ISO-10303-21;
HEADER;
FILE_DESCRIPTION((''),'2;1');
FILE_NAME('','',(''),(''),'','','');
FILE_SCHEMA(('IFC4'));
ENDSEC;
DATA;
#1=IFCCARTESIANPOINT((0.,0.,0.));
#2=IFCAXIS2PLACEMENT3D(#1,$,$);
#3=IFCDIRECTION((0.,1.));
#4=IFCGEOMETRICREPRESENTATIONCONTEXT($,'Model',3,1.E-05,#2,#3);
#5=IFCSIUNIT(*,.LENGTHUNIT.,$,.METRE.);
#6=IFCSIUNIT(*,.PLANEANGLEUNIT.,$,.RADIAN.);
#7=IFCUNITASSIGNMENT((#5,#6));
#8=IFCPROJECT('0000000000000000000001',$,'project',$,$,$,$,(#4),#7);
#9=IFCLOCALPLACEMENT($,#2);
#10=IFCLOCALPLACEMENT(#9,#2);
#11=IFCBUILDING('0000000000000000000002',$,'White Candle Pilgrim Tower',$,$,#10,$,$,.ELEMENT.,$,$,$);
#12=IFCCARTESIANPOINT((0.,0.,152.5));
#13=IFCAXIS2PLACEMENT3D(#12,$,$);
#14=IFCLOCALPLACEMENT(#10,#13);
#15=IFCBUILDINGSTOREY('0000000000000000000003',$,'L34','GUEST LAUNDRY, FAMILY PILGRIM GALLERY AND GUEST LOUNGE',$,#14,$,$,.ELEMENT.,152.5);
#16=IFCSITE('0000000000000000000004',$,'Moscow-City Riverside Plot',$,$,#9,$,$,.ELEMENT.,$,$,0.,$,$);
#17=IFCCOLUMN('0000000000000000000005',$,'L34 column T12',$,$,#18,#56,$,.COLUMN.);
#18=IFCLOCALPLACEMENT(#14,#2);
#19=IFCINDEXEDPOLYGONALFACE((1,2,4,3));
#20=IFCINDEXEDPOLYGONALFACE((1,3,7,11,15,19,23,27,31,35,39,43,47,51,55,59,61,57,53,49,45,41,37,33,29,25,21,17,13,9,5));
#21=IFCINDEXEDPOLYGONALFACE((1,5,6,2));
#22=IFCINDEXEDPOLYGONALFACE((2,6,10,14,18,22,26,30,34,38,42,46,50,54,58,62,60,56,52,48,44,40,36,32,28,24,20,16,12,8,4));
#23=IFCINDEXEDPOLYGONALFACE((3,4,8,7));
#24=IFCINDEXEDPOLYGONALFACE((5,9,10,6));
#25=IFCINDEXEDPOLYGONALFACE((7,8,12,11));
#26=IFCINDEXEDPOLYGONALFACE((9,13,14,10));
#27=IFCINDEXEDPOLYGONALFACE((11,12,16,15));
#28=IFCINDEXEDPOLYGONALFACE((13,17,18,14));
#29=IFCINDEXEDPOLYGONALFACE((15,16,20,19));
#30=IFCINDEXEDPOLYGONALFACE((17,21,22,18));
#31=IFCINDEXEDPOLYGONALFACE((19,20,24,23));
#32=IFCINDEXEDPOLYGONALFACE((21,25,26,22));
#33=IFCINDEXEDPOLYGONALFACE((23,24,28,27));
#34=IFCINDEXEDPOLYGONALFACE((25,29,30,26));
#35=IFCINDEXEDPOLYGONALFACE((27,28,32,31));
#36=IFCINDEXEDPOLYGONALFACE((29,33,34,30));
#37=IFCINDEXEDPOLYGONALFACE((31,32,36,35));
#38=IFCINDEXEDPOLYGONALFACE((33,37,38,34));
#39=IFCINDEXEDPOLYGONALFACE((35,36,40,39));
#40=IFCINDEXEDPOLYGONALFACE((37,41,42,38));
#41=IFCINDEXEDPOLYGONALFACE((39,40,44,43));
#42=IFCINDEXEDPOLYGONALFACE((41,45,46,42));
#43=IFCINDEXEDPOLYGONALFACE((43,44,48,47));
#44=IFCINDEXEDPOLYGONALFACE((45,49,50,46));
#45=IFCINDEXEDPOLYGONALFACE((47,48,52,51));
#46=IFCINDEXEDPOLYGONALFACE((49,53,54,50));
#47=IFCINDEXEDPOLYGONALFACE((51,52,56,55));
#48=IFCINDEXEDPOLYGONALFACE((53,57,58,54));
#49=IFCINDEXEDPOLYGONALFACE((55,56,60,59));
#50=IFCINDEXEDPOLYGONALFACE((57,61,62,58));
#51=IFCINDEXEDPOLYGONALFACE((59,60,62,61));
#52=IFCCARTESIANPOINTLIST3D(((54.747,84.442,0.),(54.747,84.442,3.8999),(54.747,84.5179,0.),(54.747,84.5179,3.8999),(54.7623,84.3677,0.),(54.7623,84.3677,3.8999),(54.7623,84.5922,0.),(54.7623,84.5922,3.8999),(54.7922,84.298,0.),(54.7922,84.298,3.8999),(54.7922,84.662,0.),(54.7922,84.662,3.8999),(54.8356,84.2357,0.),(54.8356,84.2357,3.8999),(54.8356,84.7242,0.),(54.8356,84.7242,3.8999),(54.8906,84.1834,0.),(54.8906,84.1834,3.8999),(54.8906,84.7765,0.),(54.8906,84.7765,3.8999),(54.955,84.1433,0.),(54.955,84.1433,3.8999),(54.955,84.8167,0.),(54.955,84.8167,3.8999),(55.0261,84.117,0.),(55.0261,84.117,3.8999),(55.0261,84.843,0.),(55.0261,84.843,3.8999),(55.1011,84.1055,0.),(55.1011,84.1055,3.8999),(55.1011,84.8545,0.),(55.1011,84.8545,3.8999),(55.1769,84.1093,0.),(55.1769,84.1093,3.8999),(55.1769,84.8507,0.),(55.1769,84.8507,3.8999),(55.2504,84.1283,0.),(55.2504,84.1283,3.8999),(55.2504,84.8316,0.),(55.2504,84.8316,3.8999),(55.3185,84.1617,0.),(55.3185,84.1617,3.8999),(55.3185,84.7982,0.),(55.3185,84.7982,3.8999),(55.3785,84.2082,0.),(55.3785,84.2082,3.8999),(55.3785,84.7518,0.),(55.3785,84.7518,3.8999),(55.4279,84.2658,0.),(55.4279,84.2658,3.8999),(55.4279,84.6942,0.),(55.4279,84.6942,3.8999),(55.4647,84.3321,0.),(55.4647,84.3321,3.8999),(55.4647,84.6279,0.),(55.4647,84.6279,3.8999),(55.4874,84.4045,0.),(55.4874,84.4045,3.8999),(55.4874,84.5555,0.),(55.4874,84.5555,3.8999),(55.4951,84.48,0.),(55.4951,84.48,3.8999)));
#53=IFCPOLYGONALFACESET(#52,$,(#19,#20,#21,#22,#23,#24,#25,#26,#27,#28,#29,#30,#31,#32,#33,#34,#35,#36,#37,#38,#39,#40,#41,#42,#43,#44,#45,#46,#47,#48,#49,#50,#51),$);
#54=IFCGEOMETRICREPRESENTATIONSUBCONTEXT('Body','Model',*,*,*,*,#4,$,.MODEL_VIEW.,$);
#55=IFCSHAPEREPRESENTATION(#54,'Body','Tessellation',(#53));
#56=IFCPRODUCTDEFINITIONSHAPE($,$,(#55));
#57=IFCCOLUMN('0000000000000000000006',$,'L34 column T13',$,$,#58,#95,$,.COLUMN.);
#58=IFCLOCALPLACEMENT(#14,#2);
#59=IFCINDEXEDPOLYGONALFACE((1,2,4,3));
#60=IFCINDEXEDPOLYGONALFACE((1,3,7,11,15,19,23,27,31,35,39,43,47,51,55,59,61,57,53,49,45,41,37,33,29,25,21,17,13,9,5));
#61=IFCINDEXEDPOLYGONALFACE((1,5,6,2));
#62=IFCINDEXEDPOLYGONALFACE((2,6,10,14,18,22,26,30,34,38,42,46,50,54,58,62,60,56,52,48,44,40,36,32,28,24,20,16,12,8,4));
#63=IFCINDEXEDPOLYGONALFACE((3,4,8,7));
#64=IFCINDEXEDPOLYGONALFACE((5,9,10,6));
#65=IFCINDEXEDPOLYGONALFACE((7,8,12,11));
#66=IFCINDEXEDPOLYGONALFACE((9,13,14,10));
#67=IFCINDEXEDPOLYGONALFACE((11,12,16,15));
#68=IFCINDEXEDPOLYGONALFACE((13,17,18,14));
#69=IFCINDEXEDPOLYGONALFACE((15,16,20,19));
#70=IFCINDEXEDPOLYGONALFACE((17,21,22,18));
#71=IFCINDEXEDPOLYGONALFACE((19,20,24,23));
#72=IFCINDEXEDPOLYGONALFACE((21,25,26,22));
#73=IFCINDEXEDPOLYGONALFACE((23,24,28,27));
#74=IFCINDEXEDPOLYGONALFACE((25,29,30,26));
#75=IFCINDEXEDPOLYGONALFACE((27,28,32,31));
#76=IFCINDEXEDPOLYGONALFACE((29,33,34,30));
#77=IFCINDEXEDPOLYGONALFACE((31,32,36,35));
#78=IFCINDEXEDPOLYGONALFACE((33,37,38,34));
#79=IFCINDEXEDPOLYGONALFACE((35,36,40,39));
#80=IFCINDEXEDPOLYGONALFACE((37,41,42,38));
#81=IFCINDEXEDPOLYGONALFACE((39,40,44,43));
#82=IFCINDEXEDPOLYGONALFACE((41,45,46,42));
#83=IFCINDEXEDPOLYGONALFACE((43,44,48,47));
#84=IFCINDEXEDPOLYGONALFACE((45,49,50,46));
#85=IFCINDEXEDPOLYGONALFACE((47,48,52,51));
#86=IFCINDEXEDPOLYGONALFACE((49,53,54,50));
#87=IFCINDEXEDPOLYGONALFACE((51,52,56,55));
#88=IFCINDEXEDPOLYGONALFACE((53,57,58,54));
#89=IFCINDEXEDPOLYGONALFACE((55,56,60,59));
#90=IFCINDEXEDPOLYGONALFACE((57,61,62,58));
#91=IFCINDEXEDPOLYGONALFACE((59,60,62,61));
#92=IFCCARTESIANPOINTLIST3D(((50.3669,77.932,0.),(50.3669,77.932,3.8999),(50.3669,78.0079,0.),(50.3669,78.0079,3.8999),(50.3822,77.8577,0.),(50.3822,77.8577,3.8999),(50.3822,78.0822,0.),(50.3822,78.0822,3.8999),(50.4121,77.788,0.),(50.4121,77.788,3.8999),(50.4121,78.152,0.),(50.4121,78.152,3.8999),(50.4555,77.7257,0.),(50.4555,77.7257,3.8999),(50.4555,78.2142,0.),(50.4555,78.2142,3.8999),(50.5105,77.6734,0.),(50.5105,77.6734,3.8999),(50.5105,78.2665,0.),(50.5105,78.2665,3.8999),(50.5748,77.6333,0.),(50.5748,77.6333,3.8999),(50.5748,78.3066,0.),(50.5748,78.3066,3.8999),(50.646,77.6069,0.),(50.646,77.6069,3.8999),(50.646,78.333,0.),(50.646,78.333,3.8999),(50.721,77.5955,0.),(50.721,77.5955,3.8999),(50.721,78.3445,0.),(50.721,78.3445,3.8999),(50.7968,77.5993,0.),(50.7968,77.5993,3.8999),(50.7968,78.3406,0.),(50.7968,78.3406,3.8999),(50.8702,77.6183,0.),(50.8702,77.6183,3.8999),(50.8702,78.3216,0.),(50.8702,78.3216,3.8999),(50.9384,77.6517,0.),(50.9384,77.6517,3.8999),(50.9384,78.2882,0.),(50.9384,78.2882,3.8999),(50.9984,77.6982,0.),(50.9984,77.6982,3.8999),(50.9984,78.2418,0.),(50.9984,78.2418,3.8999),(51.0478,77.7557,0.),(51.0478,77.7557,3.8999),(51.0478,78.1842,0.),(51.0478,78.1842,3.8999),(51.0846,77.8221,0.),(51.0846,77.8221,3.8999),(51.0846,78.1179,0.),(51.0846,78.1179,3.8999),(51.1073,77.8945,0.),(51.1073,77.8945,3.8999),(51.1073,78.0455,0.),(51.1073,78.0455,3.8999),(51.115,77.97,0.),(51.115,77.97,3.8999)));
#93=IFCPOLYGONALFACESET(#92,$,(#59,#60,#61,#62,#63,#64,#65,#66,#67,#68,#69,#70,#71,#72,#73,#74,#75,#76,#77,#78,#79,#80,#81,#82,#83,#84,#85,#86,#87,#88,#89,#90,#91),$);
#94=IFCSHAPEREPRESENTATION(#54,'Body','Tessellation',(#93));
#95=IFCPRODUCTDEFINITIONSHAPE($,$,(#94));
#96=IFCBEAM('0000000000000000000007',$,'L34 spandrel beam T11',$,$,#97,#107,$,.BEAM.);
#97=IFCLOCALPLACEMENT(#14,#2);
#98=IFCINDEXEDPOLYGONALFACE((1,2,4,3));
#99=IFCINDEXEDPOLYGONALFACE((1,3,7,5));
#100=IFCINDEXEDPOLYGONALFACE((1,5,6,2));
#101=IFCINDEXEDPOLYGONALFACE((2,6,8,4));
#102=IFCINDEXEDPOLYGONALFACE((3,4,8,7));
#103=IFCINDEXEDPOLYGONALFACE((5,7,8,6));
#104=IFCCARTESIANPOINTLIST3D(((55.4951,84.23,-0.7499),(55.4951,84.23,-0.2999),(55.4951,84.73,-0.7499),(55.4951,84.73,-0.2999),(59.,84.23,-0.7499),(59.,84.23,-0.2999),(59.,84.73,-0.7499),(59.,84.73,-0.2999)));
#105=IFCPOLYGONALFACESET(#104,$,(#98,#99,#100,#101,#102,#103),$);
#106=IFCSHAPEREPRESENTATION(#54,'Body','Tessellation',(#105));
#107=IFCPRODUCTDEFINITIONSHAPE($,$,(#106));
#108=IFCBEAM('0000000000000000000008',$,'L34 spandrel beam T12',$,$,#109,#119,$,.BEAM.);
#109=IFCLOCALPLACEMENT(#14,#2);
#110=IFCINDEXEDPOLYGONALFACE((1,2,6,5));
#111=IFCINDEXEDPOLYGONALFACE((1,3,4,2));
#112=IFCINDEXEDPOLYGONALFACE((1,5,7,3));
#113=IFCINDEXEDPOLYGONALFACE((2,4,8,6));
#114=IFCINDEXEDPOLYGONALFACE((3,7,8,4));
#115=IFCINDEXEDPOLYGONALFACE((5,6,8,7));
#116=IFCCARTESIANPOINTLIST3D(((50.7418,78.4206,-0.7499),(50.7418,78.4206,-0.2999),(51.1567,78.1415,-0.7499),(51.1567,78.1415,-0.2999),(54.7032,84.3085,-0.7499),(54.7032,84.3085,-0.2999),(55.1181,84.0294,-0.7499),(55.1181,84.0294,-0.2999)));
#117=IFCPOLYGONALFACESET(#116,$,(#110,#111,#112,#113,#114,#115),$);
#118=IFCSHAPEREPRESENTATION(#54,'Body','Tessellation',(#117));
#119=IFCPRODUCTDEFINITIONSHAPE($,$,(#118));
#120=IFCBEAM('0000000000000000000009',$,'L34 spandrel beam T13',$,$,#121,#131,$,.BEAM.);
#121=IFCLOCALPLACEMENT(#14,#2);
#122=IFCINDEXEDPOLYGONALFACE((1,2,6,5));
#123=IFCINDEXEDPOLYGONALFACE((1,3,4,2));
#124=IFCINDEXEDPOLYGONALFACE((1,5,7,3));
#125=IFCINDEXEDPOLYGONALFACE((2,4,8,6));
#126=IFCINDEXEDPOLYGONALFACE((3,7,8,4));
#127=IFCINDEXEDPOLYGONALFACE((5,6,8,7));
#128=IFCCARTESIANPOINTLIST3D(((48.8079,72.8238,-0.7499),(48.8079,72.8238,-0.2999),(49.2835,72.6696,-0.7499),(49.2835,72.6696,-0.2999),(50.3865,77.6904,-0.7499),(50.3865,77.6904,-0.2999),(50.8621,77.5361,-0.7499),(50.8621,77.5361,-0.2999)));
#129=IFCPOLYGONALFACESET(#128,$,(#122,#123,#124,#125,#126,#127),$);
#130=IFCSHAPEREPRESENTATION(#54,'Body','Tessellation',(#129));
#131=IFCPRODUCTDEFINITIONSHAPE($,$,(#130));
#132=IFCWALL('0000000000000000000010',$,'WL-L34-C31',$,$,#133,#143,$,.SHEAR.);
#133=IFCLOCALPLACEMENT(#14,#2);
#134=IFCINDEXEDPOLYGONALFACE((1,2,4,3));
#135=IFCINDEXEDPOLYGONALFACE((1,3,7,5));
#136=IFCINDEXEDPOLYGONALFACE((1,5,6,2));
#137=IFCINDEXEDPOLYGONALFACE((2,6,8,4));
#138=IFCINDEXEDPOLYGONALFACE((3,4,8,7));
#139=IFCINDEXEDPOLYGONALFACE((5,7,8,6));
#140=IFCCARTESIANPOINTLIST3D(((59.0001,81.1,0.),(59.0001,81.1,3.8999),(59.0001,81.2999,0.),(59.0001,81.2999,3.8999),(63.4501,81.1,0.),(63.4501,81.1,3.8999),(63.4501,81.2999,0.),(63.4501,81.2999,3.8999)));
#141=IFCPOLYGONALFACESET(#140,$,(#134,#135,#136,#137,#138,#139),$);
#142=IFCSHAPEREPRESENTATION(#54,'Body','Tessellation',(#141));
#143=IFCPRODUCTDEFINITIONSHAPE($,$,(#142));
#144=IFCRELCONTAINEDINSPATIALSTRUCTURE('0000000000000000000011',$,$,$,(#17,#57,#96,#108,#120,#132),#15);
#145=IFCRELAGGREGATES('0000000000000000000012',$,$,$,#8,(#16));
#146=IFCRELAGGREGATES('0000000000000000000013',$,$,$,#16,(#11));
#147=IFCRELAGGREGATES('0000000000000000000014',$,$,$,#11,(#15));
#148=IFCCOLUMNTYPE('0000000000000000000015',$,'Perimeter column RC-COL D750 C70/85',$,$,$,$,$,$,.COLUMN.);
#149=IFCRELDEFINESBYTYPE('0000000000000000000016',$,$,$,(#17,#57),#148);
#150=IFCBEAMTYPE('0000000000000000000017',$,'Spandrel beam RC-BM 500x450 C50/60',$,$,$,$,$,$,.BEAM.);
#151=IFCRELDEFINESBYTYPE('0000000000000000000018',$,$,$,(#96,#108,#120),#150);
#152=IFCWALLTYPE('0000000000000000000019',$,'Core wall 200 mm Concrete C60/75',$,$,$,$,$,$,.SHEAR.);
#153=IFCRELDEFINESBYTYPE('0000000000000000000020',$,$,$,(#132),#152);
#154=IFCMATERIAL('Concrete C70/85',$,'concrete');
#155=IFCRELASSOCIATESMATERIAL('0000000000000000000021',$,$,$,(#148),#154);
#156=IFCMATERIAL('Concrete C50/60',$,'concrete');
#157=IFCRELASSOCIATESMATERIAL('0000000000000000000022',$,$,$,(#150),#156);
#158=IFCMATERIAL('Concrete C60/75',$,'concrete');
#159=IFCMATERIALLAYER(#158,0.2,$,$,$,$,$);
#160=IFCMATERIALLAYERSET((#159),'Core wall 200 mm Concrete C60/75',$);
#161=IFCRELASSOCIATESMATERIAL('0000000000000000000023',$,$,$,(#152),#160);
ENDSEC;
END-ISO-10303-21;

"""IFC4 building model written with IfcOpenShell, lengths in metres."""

from ifc_helpers import new_model, si_unit, direction, frame, frame_2d, origin, origin_2d, place, context, subcontext, project, spatial, rectangle, circle, extrude, material, layer, layer_set, material_profile, profile_set, type_object, element, save


model = new_model("IFC4")

# Units and contexts
model_context = context("Model", 3, precision=1e-05, world=origin(), true_north=direction((0.0, 1.0)))
body_context = subcontext(model_context, "Body", "Model", "MODEL_VIEW")
ifc_project = project(units=[si_unit("LENGTHUNIT", "METRE"), si_unit("PLANEANGLEUNIT", "RADIAN")], contexts=[model_context])

# Site, building, storey
site_placement = place(None, origin())
site = spatial("IfcSite", under=ifc_project, at=site_placement, Name="Moscow-City Riverside Plot", CompositionType="ELEMENT", RefElevation=0.0)
building_placement = place(site_placement, origin())
building = spatial("IfcBuilding", under=site, at=building_placement, Name="White Candle Pilgrim Tower", CompositionType="ELEMENT")
storey_placement = place(building_placement, frame((0.0, 0.0, 152.5)))
storey = spatial("IfcBuildingStorey", under=building, at=storey_placement, Name="L34", Description="GUEST LAUNDRY, FAMILY PILGRIM GALLERY AND GUEST LOUNGE", CompositionType="ELEMENT", Elevation=152.5)

# Columns
ifc_material_1 = material(Name="Concrete C70/85", Category="concrete")
ifc_material_profile_1 = material_profile(ifc_material_1, circle(Radius=0.375, at=origin_2d()), Name="RC-COL D750")
ifc_profile_set_1 = profile_set([ifc_material_profile_1], Name="Concrete C70/85")
column_type = type_object("IfcColumnType", Name="Perimeter column RC-COL D750 C70/85", PredefinedType="COLUMN", material=ifc_profile_set_1)
for number, where, z_axis, x_axis, name in (
    (1, (55.1201, 84.48, 0.0), (0.0, 0.0, 1.0), (1.0, 0.0, 0.0), "L34 column T12"),
    (2, (50.74, 77.97, 0.0), (0.0, 0.0, 1.0), (1.0, 0.0, 0.0), "L34 column T13"),
):
    element("IfcColumn", number, at=place(storey_placement, frame(where, z_axis=z_axis, x_axis=x_axis)), inside=storey, type_object=column_type, Name=name, PredefinedType="COLUMN", context=body_context, shape_type="SweptSolid", body=[
        extrude(circle(Radius=0.375, at=origin_2d()), origin(), (0.0, 0.0, 1.0), 3.8999),
    ])

# Beams
ifc_material_2 = material(Name="Concrete C50/60", Category="concrete")
ifc_material_profile_2 = material_profile(ifc_material_2, rectangle(XDim=0.5, YDim=0.45, at=origin_2d()), Name="RC-BM 500x450")
ifc_profile_set_2 = profile_set([ifc_material_profile_2], Name="Concrete C50/60")
beam_type = type_object("IfcBeamType", Name="Spandrel beam RC-BM 500x450 C50/60", PredefinedType="BEAM", material=ifc_profile_set_2)
beam_1_placement = place(storey_placement, frame((55.4951, 84.48, -0.5249), z_axis=(1.0, 0.0, 0.0), x_axis=(0.0, 1.0, 0.0)))
element("IfcBeam", 3, at=beam_1_placement, inside=storey, type_object=beam_type, Name="L34 spandrel beam T11", PredefinedType="BEAM", context=body_context, shape_type="SweptSolid", body=[
    extrude(rectangle(XDim=0.5, YDim=0.45, at=origin_2d()), origin(), (0.0, 0.0, 1.0), 3.5049),
])
beam_2_placement = place(storey_placement, frame((54.9106, 84.1689, -0.5249), z_axis=(-0.55822, -0.829693, 0.0), x_axis=(0.829693, -0.55822, 0.0)))
element("IfcBeam", 4, at=beam_2_placement, inside=storey, type_object=beam_type, Name="L34 spandrel beam T12", PredefinedType="BEAM", context=body_context, shape_type="SweptSolid", body=[
    extrude(rectangle(XDim=0.5, YDim=0.45, at=origin_2d()), origin(), (0.0, 0.0, 1.0), 7.0964),
])
beam_3_placement = place(storey_placement, frame((50.6243, 77.6133, -0.5249), z_axis=(-0.308544, -0.95121, 0.0), x_axis=(0.95121, -0.308544, 0.0)))
element("IfcBeam", 5, at=beam_3_placement, inside=storey, type_object=beam_type, Name="L34 spandrel beam T13", PredefinedType="BEAM", context=body_context, shape_type="SweptSolid", body=[
    extrude(rectangle(XDim=0.5, YDim=0.45, at=origin_2d()), origin(), (0.0, 0.0, 1.0), 5.1162),
])

# Wall
ifc_material_3 = material(Name="Concrete C60/75", Category="concrete")
ifc_layer_1 = layer(ifc_material_3, 0.2)
ifc_layer_set_1 = layer_set([ifc_layer_1], Name="Core wall 200 mm Concrete C60/75")
wall_type_1 = type_object("IfcWallType", Name="Core wall 200 mm Concrete C60/75", PredefinedType="SHEAR", material=ifc_layer_set_1)
wall_1_placement = place(storey_placement, frame((59.0, 81.2, 0.0), z_axis=(0.0, 0.0, 1.0), x_axis=(1.0, 0.0, 0.0)))
element("IfcWall", 6, at=wall_1_placement, inside=storey, type_object=wall_type_1, Name="WL-L34-C31", PredefinedType="SHEAR", context=body_context, shape_type="SweptSolid", body=[
    extrude(rectangle(XDim=4.45, YDim=0.2, at=frame_2d((2.2251, 0.0))), origin(), (0.0, 0.0, 1.0), 3.8999),
])

save(model, "model.ifc")
